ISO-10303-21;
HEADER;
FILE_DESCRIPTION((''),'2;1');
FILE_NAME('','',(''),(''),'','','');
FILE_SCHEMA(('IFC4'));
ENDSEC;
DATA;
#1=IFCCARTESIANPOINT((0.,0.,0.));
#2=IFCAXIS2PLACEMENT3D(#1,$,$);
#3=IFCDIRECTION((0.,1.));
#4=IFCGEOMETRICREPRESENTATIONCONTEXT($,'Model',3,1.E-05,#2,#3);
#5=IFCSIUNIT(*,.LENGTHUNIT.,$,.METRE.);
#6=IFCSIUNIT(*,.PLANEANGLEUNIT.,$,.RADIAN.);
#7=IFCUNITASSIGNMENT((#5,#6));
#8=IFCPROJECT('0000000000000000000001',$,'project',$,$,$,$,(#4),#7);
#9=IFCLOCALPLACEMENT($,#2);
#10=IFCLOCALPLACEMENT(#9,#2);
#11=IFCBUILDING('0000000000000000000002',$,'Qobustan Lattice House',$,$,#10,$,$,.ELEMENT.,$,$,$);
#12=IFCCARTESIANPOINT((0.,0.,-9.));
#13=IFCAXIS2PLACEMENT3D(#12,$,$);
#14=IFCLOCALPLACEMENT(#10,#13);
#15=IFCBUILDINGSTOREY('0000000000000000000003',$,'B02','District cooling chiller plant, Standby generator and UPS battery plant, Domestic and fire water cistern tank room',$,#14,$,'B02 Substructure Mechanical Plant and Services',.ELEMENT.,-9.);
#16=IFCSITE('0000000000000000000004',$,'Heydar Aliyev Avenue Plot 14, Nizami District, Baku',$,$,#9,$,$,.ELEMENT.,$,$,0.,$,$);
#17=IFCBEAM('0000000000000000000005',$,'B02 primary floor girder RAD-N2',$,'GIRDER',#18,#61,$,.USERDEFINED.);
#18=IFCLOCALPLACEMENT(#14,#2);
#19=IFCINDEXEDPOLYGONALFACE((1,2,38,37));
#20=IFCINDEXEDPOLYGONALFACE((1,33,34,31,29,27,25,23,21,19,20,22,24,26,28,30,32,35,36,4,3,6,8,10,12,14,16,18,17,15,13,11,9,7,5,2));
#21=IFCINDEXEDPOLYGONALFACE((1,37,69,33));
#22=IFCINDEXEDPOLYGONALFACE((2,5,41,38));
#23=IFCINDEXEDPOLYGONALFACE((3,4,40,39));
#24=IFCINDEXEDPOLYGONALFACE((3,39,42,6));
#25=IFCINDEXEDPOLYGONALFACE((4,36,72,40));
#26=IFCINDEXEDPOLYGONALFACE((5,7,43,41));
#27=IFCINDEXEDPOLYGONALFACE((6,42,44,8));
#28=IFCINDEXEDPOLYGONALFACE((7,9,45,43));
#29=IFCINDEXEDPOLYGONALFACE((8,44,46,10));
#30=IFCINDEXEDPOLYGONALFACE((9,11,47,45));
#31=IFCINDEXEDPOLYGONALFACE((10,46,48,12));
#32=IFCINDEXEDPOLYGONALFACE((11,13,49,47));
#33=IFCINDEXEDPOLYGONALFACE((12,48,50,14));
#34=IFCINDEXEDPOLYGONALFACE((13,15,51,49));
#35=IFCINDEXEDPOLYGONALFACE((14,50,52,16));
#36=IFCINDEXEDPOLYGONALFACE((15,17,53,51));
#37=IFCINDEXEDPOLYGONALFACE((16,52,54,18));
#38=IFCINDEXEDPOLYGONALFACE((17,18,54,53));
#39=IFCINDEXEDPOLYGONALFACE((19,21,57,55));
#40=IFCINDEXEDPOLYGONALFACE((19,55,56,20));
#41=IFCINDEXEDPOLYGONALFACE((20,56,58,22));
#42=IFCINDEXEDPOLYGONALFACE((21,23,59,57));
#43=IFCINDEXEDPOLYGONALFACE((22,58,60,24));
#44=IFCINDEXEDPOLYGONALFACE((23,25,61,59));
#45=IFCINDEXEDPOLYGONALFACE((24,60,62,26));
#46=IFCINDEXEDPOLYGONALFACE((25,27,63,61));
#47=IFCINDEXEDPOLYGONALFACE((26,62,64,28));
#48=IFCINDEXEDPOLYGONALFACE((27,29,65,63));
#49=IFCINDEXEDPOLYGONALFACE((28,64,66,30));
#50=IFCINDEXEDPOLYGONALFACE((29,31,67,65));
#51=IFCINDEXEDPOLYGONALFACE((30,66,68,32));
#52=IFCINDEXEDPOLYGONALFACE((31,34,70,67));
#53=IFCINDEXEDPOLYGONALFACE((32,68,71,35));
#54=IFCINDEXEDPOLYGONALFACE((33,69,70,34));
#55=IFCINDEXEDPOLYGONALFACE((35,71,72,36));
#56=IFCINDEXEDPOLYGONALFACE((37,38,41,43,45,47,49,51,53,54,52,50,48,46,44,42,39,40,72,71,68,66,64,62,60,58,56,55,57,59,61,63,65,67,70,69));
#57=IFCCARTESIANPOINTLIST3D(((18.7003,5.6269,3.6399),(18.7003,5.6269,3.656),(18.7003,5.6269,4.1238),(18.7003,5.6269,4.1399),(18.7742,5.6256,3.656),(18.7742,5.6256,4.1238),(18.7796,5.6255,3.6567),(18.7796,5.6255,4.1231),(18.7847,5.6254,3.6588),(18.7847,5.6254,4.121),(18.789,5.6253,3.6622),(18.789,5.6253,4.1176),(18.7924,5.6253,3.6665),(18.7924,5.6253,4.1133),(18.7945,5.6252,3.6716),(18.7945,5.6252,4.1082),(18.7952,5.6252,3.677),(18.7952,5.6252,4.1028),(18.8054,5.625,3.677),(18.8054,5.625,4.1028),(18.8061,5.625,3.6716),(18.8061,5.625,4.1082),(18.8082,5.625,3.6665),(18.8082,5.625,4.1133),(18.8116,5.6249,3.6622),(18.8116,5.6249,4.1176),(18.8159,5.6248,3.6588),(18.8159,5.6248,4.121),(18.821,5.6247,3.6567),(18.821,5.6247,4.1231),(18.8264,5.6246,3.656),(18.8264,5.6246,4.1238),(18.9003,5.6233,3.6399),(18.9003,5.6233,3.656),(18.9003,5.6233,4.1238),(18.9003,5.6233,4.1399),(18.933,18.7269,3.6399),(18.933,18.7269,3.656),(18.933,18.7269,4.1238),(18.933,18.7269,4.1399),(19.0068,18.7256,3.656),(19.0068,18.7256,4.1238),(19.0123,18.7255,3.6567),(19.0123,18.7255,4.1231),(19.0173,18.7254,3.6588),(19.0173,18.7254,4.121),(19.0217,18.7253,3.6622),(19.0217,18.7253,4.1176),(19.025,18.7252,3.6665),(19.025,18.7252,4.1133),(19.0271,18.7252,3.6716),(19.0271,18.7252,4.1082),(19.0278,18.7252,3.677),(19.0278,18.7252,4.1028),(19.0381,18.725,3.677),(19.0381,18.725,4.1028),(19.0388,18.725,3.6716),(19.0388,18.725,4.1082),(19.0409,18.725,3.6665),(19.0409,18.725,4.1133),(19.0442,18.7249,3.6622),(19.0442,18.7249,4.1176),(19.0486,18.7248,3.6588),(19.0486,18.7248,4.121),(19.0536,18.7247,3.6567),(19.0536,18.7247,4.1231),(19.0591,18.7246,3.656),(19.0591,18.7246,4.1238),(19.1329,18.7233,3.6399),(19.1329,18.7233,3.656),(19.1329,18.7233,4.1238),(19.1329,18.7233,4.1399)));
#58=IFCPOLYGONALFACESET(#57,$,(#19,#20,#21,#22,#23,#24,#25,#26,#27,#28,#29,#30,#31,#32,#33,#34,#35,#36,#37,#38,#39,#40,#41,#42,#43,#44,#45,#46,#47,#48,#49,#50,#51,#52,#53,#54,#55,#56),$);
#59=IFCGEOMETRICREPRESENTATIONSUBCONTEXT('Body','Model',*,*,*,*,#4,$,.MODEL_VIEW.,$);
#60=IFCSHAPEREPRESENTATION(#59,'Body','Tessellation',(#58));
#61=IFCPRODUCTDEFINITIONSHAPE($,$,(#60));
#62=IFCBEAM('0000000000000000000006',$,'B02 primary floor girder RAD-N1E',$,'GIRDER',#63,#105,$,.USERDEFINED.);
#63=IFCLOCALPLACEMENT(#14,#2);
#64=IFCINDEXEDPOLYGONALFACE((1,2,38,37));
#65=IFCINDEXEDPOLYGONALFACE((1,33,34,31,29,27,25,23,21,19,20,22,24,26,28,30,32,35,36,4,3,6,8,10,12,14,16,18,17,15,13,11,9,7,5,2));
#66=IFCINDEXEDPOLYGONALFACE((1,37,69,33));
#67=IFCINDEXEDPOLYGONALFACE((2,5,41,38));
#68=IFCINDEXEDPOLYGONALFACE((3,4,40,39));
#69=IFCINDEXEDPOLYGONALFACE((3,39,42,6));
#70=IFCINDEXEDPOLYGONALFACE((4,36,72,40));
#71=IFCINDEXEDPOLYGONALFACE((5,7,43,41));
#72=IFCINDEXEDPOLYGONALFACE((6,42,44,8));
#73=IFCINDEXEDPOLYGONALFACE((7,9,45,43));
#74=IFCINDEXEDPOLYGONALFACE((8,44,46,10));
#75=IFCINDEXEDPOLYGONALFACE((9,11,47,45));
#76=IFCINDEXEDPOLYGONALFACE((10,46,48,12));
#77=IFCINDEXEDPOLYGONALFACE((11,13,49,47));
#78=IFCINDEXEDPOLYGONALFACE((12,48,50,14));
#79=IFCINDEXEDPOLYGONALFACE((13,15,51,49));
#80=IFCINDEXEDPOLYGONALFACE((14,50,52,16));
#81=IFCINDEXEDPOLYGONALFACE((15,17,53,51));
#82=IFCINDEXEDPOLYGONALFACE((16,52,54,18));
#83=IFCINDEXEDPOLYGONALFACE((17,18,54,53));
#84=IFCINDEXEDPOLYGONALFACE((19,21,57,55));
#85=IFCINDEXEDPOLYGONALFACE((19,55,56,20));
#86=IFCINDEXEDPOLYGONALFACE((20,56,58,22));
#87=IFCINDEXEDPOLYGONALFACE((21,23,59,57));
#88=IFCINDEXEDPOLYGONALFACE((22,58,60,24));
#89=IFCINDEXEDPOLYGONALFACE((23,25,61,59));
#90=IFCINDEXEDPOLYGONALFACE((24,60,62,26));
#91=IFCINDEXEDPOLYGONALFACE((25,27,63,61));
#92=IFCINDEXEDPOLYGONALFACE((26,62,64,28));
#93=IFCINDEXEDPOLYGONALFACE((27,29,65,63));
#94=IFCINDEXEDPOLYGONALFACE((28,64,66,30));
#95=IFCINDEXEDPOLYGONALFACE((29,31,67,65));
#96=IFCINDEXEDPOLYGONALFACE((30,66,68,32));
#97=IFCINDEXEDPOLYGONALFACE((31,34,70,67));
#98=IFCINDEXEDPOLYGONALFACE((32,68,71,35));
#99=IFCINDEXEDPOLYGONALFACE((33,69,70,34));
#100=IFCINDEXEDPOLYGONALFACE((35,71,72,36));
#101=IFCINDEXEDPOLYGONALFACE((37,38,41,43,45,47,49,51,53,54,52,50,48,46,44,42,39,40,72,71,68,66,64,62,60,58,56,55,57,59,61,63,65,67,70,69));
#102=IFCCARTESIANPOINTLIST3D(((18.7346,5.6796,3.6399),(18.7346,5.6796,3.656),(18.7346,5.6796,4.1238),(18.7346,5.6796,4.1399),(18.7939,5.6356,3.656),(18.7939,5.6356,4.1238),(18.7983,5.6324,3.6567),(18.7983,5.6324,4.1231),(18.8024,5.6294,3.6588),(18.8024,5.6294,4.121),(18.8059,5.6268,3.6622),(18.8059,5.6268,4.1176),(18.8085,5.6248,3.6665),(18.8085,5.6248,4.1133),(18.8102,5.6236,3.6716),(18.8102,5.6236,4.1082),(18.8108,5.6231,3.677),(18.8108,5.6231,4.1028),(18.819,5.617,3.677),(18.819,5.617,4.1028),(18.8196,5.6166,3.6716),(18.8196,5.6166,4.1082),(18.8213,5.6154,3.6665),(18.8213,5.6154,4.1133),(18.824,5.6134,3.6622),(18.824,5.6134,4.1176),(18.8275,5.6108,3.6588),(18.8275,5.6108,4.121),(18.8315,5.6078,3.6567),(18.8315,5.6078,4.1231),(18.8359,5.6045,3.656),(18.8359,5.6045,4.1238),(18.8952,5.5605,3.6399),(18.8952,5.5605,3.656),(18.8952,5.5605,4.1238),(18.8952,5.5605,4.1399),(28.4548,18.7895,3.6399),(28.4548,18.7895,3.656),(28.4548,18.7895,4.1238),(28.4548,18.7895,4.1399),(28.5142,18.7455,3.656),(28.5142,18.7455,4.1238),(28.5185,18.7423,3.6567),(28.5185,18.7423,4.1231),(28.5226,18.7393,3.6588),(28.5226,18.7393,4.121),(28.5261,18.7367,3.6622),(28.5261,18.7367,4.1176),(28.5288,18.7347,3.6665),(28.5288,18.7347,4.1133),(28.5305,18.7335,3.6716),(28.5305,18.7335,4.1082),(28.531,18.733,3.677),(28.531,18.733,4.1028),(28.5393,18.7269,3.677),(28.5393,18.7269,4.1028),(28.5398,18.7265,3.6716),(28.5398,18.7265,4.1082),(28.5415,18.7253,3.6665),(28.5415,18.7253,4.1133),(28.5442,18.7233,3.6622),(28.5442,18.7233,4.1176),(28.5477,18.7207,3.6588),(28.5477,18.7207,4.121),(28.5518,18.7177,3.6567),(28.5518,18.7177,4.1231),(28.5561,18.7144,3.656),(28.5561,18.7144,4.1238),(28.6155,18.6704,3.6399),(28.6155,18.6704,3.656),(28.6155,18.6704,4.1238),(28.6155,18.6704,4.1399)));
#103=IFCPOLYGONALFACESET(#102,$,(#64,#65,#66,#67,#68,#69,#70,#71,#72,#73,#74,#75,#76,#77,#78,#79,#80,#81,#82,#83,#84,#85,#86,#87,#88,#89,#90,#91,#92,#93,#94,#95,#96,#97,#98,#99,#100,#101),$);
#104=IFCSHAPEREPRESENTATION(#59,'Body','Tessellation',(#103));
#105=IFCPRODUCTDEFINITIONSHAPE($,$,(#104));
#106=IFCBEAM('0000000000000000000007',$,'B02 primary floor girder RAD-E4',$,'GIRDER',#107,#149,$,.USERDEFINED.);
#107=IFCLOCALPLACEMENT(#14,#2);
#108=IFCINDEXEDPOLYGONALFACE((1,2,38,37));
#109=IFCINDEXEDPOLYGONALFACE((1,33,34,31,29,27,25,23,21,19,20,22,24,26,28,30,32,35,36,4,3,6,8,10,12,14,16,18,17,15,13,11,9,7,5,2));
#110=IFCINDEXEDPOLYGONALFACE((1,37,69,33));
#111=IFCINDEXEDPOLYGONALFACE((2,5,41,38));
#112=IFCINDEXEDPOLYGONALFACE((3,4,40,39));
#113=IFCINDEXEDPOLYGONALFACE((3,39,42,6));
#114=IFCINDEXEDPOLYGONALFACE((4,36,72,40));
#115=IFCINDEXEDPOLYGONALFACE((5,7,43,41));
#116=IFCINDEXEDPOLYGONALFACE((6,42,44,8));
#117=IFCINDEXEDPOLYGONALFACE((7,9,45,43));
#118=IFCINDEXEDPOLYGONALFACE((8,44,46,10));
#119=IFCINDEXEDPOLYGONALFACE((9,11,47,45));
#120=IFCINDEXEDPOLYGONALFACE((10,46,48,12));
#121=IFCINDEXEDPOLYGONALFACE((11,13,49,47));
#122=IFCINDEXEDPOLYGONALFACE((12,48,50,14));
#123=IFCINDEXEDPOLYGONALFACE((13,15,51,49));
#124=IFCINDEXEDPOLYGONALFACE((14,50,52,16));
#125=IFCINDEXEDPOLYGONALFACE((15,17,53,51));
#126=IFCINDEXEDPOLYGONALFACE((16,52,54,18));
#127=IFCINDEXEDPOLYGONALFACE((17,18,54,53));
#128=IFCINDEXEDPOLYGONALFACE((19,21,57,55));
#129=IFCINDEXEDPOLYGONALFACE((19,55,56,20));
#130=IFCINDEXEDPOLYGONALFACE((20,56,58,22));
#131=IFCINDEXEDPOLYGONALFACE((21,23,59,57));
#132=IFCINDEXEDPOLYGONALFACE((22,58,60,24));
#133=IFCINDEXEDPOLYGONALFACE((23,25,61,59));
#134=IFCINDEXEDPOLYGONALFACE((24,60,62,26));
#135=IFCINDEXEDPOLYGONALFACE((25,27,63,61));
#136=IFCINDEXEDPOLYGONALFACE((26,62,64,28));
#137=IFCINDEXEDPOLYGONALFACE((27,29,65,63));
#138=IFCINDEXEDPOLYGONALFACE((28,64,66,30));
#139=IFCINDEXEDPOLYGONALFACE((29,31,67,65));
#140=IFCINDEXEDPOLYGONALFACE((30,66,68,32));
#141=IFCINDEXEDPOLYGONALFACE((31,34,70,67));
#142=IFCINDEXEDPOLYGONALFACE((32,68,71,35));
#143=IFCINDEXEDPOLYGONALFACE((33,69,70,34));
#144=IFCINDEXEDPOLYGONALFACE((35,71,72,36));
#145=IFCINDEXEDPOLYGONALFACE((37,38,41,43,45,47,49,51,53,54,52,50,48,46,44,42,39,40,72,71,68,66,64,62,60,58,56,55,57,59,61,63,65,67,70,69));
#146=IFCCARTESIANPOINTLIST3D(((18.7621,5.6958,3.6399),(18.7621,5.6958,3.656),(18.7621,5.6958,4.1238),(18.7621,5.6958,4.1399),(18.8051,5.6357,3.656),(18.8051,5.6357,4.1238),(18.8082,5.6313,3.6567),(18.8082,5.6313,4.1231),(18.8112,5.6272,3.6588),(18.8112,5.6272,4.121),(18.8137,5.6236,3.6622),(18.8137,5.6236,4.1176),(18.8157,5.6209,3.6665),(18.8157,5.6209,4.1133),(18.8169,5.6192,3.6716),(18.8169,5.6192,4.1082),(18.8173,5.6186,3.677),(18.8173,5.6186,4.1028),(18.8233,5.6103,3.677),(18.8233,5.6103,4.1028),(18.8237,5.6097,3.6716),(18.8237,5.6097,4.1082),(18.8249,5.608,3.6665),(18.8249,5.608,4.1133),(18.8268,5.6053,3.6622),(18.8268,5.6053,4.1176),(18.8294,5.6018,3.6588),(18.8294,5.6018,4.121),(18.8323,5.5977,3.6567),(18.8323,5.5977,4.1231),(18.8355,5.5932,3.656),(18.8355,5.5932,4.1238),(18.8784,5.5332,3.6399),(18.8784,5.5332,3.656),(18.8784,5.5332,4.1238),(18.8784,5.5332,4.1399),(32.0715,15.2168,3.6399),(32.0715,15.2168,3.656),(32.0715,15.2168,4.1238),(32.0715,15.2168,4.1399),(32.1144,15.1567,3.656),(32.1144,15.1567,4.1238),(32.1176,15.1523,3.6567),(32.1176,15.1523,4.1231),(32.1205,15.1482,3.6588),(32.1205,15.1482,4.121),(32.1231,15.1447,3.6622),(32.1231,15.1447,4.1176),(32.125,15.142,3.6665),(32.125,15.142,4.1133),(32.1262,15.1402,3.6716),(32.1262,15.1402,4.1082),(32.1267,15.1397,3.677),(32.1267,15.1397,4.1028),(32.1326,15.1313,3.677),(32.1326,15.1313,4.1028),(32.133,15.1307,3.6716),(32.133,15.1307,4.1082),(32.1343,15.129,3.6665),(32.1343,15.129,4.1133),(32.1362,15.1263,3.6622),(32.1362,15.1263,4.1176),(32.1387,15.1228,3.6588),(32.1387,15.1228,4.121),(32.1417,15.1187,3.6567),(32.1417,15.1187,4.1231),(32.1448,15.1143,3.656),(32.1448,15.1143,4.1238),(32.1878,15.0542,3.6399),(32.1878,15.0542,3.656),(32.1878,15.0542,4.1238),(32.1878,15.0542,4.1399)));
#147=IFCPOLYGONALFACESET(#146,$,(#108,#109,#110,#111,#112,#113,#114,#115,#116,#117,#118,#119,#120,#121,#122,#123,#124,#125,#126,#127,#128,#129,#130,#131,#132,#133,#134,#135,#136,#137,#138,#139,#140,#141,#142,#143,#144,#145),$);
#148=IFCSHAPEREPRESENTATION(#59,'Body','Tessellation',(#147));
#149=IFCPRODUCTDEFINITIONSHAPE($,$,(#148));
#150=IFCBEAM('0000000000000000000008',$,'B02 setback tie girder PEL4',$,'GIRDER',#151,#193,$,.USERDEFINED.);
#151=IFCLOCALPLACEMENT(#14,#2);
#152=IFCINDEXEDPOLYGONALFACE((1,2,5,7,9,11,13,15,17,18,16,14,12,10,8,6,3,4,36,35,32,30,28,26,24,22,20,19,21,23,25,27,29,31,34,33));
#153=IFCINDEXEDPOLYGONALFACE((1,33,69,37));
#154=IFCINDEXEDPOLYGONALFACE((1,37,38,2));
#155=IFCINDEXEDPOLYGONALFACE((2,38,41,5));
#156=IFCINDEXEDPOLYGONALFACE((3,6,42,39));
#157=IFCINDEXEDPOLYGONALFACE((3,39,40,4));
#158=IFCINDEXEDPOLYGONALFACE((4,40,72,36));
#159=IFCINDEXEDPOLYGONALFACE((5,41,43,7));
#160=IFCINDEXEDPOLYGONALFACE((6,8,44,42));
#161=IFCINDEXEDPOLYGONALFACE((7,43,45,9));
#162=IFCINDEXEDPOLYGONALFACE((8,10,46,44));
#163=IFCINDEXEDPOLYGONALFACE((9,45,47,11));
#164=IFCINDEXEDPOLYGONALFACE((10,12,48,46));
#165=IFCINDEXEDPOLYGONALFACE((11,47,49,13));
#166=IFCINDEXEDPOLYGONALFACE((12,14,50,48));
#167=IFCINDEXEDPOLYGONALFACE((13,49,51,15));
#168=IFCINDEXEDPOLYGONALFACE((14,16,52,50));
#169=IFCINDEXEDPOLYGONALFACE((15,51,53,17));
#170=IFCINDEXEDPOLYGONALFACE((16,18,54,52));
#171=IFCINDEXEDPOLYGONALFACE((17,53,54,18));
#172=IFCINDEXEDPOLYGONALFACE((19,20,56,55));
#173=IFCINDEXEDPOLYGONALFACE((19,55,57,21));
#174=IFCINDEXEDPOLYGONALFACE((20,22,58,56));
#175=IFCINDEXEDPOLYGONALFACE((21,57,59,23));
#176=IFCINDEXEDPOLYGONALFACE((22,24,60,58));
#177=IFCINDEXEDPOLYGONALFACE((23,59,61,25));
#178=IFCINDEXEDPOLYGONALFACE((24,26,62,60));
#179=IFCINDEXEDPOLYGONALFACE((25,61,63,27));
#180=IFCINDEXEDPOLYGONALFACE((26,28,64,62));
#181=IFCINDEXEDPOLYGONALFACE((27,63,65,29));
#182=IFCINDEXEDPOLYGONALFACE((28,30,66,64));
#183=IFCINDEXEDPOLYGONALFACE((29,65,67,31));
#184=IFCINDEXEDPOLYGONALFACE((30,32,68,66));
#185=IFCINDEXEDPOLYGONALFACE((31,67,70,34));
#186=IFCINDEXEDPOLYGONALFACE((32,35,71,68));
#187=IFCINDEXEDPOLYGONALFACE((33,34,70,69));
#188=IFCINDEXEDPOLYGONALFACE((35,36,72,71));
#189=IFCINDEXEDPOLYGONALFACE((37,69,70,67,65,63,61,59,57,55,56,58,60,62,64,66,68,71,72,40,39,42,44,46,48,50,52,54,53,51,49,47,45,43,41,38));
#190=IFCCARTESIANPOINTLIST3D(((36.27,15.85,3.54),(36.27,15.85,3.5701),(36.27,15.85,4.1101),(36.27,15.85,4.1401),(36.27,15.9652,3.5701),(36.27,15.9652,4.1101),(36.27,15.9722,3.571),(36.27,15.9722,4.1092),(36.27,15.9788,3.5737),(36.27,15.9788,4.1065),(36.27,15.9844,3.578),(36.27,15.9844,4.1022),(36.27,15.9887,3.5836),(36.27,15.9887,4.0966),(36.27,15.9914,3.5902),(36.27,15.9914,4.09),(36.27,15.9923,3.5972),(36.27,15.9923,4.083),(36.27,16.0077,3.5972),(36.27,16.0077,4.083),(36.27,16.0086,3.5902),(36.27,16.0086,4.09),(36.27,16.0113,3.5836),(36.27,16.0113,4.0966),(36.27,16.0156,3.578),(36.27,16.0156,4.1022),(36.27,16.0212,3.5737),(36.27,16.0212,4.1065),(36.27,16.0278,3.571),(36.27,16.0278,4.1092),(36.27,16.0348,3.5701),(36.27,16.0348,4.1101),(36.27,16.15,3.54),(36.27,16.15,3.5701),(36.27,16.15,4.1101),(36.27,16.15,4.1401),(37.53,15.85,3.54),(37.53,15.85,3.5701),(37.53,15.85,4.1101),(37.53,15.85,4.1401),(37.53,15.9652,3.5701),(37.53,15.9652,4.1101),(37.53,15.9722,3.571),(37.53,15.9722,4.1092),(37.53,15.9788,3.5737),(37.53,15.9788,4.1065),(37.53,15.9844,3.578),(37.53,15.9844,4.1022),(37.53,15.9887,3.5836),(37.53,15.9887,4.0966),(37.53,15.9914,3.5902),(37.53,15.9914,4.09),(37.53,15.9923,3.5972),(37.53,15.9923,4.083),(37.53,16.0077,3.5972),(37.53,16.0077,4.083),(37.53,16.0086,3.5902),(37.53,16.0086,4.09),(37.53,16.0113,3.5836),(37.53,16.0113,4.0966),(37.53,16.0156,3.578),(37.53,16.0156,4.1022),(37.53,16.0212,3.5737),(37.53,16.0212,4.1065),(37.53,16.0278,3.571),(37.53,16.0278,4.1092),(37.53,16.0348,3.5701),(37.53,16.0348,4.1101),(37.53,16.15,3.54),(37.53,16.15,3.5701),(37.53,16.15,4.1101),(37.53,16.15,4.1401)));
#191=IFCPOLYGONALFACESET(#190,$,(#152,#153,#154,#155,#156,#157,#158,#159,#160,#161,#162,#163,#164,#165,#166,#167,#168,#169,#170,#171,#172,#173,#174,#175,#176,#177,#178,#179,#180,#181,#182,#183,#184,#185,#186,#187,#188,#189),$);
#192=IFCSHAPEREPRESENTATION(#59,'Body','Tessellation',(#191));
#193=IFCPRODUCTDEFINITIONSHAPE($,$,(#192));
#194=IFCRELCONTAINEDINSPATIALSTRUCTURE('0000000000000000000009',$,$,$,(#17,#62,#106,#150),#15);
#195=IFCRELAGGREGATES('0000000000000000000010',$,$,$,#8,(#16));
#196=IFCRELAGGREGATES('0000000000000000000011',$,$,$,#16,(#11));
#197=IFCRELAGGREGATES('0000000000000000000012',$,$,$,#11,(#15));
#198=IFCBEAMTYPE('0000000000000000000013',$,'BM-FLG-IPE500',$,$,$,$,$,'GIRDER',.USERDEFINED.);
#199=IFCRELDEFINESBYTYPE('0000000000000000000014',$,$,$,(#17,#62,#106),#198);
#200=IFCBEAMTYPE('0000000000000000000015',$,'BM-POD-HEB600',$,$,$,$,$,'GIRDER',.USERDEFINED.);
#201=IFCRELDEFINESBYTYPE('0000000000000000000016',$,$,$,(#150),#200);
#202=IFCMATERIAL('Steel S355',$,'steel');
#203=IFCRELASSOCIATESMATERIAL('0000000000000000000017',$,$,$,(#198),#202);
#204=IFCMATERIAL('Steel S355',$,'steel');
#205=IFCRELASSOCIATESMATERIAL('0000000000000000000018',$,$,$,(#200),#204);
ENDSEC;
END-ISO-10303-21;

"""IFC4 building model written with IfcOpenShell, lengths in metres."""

from ifc_helpers import new_model, si_unit, direction, frame, origin, origin_2d, place, context, subcontext, project, spatial, i_section, extrude, material, material_profile, profile_set, type_object, element, save


model = new_model("IFC4")

# Units and contexts
model_context = context("Model", 3, precision=1e-05, world=origin(), true_north=direction((0.0, 1.0)))
body_context = subcontext(model_context, "Body", "Model", "MODEL_VIEW")
ifc_project = project(units=[si_unit("LENGTHUNIT", "METRE"), si_unit("PLANEANGLEUNIT", "RADIAN")], contexts=[model_context])

# Site, building, storey
site_placement = place(None, origin())
site = spatial("IfcSite", under=ifc_project, at=site_placement, Name="Heydar Aliyev Avenue Plot 14, Nizami District, Baku", CompositionType="ELEMENT", RefElevation=0.0)
building_placement = place(site_placement, origin())
building = spatial("IfcBuilding", under=site, at=building_placement, Name="Qobustan Lattice House", CompositionType="ELEMENT")
storey_placement = place(building_placement, frame((0.0, 0.0, -9.0)))
storey = spatial("IfcBuildingStorey", under=building, at=storey_placement, Name="B02", Description="District cooling chiller plant, Standby generator and UPS battery plant, Domestic and fire water cistern tank room", LongName="B02 Substructure Mechanical Plant and Services", CompositionType="ELEMENT", Elevation=-9.0)

# Beams
ifc_material_1 = material(Name="Steel S355", Category="steel")
ifc_material_profile_1 = material_profile(ifc_material_1, i_section(OverallWidth=0.2, OverallDepth=0.5, WebThickness=0.0103, FlangeThickness=0.0161, FilletRadius=0.021, at=origin_2d()), Name="IPE500")
ifc_profile_set_1 = profile_set([ifc_material_profile_1], Name="Steel S355")
beam_type_1 = type_object("IfcBeamType", Name="BM-FLG-IPE500", ElementType="GIRDER", PredefinedType="USERDEFINED", material=ifc_profile_set_1)
beam_1_placement = place(storey_placement, frame((19.033, 18.7251, 3.8899), z_axis=(-0.017758, -0.999842, 0.0), x_axis=(0.999842, -0.017758, 0.0)))
element("IfcBeam", 1, at=beam_1_placement, inside=storey, type_object=beam_type_1, Name="B02 primary floor girder RAD-N2", ObjectType="GIRDER", PredefinedType="USERDEFINED", context=body_context, shape_type="SweptSolid", body=[
    extrude(i_section(OverallWidth=0.2, OverallDepth=0.5, WebThickness=0.0103, FlangeThickness=0.0161, FilletRadius=0.021, at=origin_2d()), origin(), (0.0, 0.0, 1.0), 13.1021),
])
beam_2_placement = place(storey_placement, frame((28.5352, 18.73, 3.8899), z_axis=(-0.595592, -0.803287, 0.0), x_axis=(0.803287, -0.595592, 0.0)))
element("IfcBeam", 2, at=beam_2_placement, inside=storey, type_object=beam_type_1, Name="B02 primary floor girder RAD-N1E", ObjectType="GIRDER", PredefinedType="USERDEFINED", context=body_context, shape_type="SweptSolid", body=[
    extrude(i_section(OverallWidth=0.2, OverallDepth=0.5, WebThickness=0.0103, FlangeThickness=0.0161, FilletRadius=0.021, at=origin_2d()), origin(), (0.0, 0.0, 1.0), 16.3203),
])
beam_3_placement = place(storey_placement, frame((32.1296, 15.1355, 3.8899), z_axis=(-0.813319, -0.581818, 0.0), x_axis=(0.581818, -0.813319, 0.0)))
element("IfcBeam", 3, at=beam_3_placement, inside=storey, type_object=beam_type_1, Name="B02 primary floor girder RAD-E4", ObjectType="GIRDER", PredefinedType="USERDEFINED", context=body_context, shape_type="SweptSolid", body=[
    extrude(i_section(OverallWidth=0.2, OverallDepth=0.5, WebThickness=0.0103, FlangeThickness=0.0161, FilletRadius=0.021, at=origin_2d()), origin(), (0.0, 0.0, 1.0), 16.3643),
])
ifc_material_2 = material(Name="Steel S355", Category="steel")
ifc_material_profile_2 = material_profile(ifc_material_2, i_section(OverallWidth=0.3, OverallDepth=0.6001, WebThickness=0.0154, FlangeThickness=0.03, FilletRadius=0.0271, at=origin_2d()), Name="HEB600")
ifc_profile_set_2 = profile_set([ifc_material_profile_2], Name="Steel S355")
beam_type_2 = type_object("IfcBeamType", Name="BM-POD-HEB600", ElementType="GIRDER", PredefinedType="USERDEFINED", material=ifc_profile_set_2)
beam_4_placement = place(storey_placement, frame((37.53, 16.0, 3.8401), z_axis=(-1.0, 0.0, 0.0), x_axis=(0.0, -1.0, 0.0)))
element("IfcBeam", 4, at=beam_4_placement, inside=storey, type_object=beam_type_2, Name="B02 setback tie girder PEL4", ObjectType="GIRDER", PredefinedType="USERDEFINED", context=body_context, shape_type="SweptSolid", body=[
    extrude(i_section(OverallWidth=0.3, OverallDepth=0.6001, WebThickness=0.0154, FlangeThickness=0.03, FilletRadius=0.0271, at=origin_2d()), origin(), (0.0, 0.0, 1.0), 1.26),
])

save(model, "model.ifc")
